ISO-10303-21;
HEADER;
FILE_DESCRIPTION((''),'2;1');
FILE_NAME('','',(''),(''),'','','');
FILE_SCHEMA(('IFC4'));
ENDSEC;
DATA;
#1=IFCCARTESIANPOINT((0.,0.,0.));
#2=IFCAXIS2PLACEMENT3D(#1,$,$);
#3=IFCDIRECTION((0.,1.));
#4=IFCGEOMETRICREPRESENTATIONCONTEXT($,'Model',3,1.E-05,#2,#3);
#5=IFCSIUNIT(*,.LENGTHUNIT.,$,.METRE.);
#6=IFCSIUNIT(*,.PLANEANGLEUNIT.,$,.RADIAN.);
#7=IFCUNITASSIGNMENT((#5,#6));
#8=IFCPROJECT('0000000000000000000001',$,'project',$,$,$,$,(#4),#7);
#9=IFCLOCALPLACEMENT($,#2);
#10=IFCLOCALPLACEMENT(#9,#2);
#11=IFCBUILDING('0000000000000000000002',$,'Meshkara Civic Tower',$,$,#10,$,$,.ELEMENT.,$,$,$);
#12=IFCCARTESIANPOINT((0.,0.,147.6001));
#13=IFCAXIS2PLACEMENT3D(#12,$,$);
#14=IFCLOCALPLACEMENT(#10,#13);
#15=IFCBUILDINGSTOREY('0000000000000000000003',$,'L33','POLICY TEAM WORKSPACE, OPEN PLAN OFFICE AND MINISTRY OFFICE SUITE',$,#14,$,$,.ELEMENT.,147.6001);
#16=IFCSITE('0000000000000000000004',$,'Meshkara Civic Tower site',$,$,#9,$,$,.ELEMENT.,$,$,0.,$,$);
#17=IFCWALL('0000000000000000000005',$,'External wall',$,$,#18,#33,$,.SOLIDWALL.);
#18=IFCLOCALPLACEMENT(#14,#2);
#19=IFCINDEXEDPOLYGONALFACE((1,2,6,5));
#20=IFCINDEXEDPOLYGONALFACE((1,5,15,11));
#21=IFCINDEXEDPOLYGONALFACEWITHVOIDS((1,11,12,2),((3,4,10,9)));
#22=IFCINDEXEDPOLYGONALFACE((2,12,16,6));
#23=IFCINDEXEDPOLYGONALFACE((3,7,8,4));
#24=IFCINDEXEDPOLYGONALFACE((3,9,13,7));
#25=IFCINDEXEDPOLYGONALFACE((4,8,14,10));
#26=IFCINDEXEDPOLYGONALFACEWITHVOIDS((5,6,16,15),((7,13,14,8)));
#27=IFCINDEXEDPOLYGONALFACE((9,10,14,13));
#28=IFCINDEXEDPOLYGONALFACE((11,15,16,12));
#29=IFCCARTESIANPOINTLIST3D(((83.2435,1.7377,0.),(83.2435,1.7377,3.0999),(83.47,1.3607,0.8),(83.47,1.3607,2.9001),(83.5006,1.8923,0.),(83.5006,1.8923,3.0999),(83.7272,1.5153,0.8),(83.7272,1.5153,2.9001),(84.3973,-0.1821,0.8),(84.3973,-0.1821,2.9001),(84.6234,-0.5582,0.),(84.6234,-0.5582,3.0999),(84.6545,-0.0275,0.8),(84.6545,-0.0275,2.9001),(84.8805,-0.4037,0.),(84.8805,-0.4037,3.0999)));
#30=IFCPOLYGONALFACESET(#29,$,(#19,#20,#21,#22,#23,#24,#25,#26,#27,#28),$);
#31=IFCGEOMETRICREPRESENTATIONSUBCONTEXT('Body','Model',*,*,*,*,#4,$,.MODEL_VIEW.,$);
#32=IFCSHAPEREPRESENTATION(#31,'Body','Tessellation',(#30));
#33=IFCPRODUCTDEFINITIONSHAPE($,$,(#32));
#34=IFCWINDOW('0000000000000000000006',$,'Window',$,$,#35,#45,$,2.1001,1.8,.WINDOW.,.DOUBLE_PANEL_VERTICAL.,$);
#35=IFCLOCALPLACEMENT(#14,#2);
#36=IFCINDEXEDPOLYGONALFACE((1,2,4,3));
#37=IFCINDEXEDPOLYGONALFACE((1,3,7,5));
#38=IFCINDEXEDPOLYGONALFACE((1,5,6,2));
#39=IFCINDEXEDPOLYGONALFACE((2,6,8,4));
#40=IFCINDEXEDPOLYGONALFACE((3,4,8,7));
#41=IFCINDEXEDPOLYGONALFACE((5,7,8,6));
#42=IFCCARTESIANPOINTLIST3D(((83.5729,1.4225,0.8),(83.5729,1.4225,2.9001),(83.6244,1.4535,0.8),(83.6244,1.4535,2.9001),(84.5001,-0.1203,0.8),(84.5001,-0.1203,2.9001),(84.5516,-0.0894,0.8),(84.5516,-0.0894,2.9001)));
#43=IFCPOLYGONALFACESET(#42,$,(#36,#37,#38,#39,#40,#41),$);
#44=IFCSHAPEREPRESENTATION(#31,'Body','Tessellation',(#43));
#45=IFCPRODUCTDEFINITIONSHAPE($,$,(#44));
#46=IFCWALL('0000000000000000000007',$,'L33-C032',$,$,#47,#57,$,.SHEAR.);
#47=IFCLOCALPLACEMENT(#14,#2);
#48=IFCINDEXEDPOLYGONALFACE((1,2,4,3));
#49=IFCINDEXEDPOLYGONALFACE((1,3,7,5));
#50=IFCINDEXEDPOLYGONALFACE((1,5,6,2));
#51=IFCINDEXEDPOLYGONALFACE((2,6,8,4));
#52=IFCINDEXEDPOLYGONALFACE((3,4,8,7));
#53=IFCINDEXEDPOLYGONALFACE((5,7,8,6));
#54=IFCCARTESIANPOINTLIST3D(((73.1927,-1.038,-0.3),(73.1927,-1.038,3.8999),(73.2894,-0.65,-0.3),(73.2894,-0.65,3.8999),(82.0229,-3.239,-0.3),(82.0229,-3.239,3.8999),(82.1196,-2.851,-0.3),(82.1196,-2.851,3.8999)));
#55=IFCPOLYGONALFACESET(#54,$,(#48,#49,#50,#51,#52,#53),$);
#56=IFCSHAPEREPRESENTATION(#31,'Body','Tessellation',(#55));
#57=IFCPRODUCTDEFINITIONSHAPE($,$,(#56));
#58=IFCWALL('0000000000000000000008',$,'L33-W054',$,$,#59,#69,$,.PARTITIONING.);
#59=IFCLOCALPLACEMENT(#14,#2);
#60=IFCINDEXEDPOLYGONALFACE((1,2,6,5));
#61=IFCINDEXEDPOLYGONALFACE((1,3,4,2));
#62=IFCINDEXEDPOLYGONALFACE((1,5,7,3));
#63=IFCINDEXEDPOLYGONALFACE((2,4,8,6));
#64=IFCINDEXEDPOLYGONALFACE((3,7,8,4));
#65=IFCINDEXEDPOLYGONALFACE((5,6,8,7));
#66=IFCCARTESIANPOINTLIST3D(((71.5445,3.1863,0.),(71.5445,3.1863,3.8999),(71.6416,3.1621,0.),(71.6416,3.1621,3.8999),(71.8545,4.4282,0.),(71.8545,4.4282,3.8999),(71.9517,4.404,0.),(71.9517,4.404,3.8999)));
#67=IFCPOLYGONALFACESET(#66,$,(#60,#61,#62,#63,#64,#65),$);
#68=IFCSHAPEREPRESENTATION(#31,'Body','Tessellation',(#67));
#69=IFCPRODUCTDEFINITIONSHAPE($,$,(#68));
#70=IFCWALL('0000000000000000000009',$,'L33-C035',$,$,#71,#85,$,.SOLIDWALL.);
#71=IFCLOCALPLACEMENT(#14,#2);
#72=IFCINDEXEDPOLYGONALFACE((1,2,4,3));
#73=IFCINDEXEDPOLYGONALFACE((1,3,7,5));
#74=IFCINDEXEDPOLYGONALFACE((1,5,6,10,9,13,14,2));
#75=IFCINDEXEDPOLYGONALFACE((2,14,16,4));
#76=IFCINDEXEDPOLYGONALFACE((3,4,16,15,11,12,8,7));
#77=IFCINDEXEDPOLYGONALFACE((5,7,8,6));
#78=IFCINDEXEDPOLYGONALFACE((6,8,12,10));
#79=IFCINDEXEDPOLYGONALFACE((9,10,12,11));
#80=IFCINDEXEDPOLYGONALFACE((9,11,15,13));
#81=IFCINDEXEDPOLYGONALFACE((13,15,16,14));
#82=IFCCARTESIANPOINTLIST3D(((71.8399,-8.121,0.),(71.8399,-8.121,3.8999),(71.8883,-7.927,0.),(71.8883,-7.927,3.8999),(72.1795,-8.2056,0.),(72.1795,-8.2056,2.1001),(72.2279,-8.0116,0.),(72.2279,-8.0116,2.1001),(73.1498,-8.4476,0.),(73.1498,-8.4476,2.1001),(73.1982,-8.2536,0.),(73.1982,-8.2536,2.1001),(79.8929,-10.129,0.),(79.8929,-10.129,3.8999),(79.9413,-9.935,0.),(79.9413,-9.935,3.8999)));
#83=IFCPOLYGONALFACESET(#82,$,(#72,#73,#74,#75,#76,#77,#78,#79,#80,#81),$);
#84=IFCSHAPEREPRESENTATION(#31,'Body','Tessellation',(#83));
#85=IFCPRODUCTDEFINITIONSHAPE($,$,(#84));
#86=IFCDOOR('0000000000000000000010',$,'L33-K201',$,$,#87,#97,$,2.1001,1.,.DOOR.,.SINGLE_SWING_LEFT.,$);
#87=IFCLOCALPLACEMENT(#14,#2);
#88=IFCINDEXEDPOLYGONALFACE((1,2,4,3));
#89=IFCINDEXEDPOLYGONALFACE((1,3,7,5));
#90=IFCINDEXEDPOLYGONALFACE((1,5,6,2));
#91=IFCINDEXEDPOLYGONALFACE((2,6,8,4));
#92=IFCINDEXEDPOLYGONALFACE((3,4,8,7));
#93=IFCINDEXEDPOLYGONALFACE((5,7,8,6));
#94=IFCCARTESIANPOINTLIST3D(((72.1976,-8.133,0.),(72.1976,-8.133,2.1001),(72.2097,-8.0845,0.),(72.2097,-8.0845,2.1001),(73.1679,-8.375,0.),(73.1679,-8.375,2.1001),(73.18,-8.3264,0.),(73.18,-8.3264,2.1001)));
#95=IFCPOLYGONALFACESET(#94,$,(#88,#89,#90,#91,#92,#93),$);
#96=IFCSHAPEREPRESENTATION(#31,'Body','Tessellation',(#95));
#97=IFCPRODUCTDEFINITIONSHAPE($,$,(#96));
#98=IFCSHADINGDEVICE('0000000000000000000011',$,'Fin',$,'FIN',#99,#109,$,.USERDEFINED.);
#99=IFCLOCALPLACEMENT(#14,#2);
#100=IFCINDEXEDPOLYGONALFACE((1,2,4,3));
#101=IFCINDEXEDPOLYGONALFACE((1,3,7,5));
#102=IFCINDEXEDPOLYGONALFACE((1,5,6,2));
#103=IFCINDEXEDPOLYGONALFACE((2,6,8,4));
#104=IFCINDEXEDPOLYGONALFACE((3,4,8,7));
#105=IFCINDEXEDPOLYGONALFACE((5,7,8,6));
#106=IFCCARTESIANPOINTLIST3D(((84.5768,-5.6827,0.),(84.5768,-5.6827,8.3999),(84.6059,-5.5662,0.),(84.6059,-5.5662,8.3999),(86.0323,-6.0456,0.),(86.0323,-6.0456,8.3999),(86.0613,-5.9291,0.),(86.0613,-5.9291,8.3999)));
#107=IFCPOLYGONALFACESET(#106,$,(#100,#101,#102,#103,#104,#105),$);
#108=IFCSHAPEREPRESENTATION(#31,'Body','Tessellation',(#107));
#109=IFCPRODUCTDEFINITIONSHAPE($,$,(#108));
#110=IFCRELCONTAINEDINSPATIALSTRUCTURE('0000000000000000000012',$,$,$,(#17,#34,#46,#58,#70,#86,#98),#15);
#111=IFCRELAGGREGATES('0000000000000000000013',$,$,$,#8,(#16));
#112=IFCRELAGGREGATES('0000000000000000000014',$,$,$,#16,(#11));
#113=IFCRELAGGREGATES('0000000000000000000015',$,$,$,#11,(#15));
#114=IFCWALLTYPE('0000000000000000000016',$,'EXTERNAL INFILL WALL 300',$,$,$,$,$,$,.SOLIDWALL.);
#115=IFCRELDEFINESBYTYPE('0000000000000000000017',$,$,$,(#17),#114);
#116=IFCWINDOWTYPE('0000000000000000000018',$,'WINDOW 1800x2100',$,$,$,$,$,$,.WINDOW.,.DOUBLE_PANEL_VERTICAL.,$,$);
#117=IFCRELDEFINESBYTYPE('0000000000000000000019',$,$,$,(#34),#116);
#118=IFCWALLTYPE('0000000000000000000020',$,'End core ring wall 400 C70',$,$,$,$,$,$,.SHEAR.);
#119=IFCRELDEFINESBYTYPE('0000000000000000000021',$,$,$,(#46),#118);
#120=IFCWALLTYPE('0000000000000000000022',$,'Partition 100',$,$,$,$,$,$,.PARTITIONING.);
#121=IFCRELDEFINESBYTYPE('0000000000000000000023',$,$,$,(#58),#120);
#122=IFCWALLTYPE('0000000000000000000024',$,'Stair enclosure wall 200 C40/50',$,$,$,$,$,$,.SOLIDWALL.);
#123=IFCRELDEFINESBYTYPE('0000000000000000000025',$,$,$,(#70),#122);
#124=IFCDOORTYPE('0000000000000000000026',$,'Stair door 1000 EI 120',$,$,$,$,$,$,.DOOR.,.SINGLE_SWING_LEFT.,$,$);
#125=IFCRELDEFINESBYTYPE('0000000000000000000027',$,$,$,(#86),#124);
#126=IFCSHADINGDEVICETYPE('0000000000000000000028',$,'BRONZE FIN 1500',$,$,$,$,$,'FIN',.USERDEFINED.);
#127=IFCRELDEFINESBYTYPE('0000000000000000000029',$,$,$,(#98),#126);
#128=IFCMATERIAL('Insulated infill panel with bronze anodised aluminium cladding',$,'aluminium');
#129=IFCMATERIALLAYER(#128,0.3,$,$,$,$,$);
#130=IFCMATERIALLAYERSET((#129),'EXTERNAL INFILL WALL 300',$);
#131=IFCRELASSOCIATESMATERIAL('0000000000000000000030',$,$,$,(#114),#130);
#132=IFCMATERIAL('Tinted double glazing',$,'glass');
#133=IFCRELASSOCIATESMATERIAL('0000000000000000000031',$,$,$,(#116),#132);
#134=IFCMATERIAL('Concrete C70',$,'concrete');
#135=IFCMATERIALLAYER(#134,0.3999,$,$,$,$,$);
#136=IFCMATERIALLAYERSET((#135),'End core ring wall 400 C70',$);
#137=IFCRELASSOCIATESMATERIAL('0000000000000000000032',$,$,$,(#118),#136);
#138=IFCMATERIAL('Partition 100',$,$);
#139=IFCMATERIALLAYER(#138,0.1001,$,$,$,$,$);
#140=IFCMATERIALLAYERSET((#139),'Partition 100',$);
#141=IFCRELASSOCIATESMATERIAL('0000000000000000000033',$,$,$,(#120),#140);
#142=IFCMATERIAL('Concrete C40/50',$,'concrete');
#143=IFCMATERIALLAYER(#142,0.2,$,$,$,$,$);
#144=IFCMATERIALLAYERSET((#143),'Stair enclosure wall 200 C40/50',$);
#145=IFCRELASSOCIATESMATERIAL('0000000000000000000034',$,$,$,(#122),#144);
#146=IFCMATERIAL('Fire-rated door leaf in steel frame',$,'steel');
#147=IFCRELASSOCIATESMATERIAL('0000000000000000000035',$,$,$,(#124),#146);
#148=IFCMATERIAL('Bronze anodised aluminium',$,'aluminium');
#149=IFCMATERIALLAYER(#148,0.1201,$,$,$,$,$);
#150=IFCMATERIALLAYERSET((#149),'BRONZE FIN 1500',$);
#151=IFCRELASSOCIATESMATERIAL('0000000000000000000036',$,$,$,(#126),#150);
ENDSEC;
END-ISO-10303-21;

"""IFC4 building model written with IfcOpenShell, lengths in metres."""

from ifc_helpers import new_model, si_unit, direction, frame, frame_2d, origin, origin_2d, place, context, subcontext, project, spatial, rectangle, extrude, material, layer, layer_set, type_object, element, fill, save


model = new_model("IFC4")

# Units and contexts
model_context = context("Model", 3, precision=1e-05, world=origin(), true_north=direction((0.0, 1.0)))
body_context = subcontext(model_context, "Body", "Model", "MODEL_VIEW")
ifc_project = project(units=[si_unit("LENGTHUNIT", "METRE"), si_unit("PLANEANGLEUNIT", "RADIAN")], contexts=[model_context])

# Site, building, storey
site_placement = place(None, origin())
site = spatial("IfcSite", under=ifc_project, at=site_placement, Name="Meshkara Civic Tower site", CompositionType="ELEMENT", RefElevation=0.0)
building_placement = place(site_placement, origin())
building = spatial("IfcBuilding", under=site, at=building_placement, Name="Meshkara Civic Tower", CompositionType="ELEMENT")
storey_placement = place(building_placement, frame((0.0, 0.0, 147.6001)))
storey = spatial("IfcBuildingStorey", under=building, at=storey_placement, Name="L33", Description="POLICY TEAM WORKSPACE, OPEN PLAN OFFICE AND MINISTRY OFFICE SUITE", CompositionType="ELEMENT", Elevation=147.6001)

# Wall, opening, window
ifc_material_1 = material(Name="Insulated infill panel with bronze anodised aluminium cladding", Category="aluminium")
ifc_layer_1 = layer(ifc_material_1, 0.3)
ifc_layer_set_1 = layer_set([ifc_layer_1], Name="EXTERNAL INFILL WALL 300")
wall_type_1 = type_object("IfcWallType", Name="EXTERNAL INFILL WALL 300", PredefinedType="SOLIDWALL", material=ifc_layer_set_1)
ifc_material_2 = material(Name="Tinted double glazing", Category="glass")
window_type_1 = type_object("IfcWindowType", Name="WINDOW 1800x2100", PartitioningType="DOUBLE_PANEL_VERTICAL", PredefinedType="WINDOW", material=ifc_material_2)
wall_1_placement = place(storey_placement, frame((84.752, -0.481, 0.0), z_axis=(0.0, 0.0, 1.0), x_axis=(-0.515139, 0.857107, 0.0)))
wall_1 = element("IfcWall", 1, at=wall_1_placement, inside=storey, type_object=wall_type_1, Name="External wall", PredefinedType="SOLIDWALL", context=body_context, shape_type="SweptSolid", body=[
    extrude(rectangle(XDim=2.6787, YDim=0.3, at=frame_2d((1.3394, 0.0))), origin(), (0.0, 0.0, 1.0), 3.0999),
])
opening_1_placement = place(wall_1_placement, frame((0.439, 0.0, 0.8)))
opening_1 = element("IfcOpeningElement", 2, at=opening_1_placement, cuts=wall_1, PredefinedType="OPENING", context=body_context, shape_type="SweptSolid", body=[
    extrude(rectangle(XDim=1.8, YDim=2.1001, at=frame_2d((0.8999, 1.05))), frame((0.0, 0.1599, 0.0), z_axis=(0.0, -1.0, 0.0), x_axis=(1.0, 0.0, 0.0)), (0.0, 0.0, 1.0), 0.3201),
])
window_1_placement = place(opening_1_placement, origin())
window_1 = element("IfcWindow", 3, at=window_1_placement, inside=storey, type_object=window_type_1, Name="Window", OverallHeight=2.1001, OverallWidth=1.8, PartitioningType="DOUBLE_PANEL_VERTICAL", PredefinedType="WINDOW", context=body_context, shape_type="SweptSolid", body=[
    extrude(rectangle(XDim=1.8, YDim=2.1001, at=frame_2d((0.8999, 1.05))), frame((0.0, 0.03, 0.0), z_axis=(0.0, -1.0, 0.0), x_axis=(1.0, 0.0, 0.0)), (0.0, 0.0, 1.0), 0.0601),
])
fill(opening_1, window_1)

# Walls
ifc_material_3 = material(Name="Concrete C70", Category="concrete")
ifc_layer_2 = layer(ifc_material_3, 0.3999)
ifc_layer_set_2 = layer_set([ifc_layer_2], Name="End core ring wall 400 C70")
wall_type_2 = type_object("IfcWallType", Name="End core ring wall 400 C70", PredefinedType="SHEAR", material=ifc_layer_set_2)
wall_2_placement = place(storey_placement, frame((73.241, -0.844, -0.3), z_axis=(0.0, 0.0, 1.0), x_axis=(0.970313, -0.241854, 0.0)))
element("IfcWall", 4, at=wall_2_placement, inside=storey, type_object=wall_type_2, Name="L33-C032", PredefinedType="SHEAR", context=body_context, shape_type="SweptSolid", body=[
    extrude(rectangle(XDim=9.1003, YDim=0.3999, at=frame_2d((4.5503, 0.0))), origin(), (0.0, 0.0, 1.0), 4.2),
])
ifc_material_4 = material(Name="Partition 100")
ifc_layer_3 = layer(ifc_material_4, 0.1001)
ifc_layer_set_3 = layer_set([ifc_layer_3], Name="Partition 100")
wall_type_3 = type_object("IfcWallType", Name="Partition 100", PredefinedType="PARTITIONING", material=ifc_layer_set_3)
wall_3_placement = place(storey_placement, frame((71.593, 3.1741, 0.0), z_axis=(0.0, 0.0, 1.0), x_axis=(0.242221, 0.970221, 0.0)))
element("IfcWall", 5, at=wall_3_placement, inside=storey, type_object=wall_type_3, Name="L33-W054", PredefinedType="PARTITIONING", context=body_context, shape_type="SweptSolid", body=[
    extrude(rectangle(XDim=1.28, YDim=0.1001, at=frame_2d((0.6401, 0.0))), origin(), (0.0, 0.0, 1.0), 3.8999),
])

# Wall, opening, door
ifc_material_5 = material(Name="Concrete C40/50", Category="concrete")
ifc_layer_4 = layer(ifc_material_5, 0.2)
ifc_layer_set_4 = layer_set([ifc_layer_4], Name="Stair enclosure wall 200 C40/50")
wall_type_4 = type_object("IfcWallType", Name="Stair enclosure wall 200 C40/50", PredefinedType="SOLIDWALL", material=ifc_layer_set_4)
wall_4_placement = place(storey_placement, frame((71.864, -8.0239, 0.0), z_axis=(0.0, 0.0, 1.0), x_axis=(0.970289, -0.241947, 0.0)))
wall_4 = element("IfcWall", 6, at=wall_4_placement, inside=storey, type_object=wall_type_4, Name="L33-C035", PredefinedType="SOLIDWALL", context=body_context, shape_type="SweptSolid", body=[
    extrude(rectangle(XDim=8.2996, YDim=0.2, at=frame_2d((4.1499, 0.0))), origin(), (0.0, 0.0, 1.0), 3.8999),
])
opening_2_placement = place(wall_4_placement, frame((0.3501, 0.0, 0.0)))
opening_2 = element("IfcOpeningElement", 7, at=opening_2_placement, cuts=wall_4, PredefinedType="OPENING", context=body_context, shape_type="SweptSolid", body=[
    extrude(rectangle(XDim=1.0, YDim=2.1001, at=frame_2d((0.5, 1.05))), frame((0.0, 0.1099, 0.0), z_axis=(0.0, -1.0, 0.0), x_axis=(1.0, 0.0, 0.0)), (0.0, 0.0, 1.0), 0.22),
])
ifc_material_6 = material(Name="Fire-rated door leaf in steel frame", Category="steel")
door_type_1 = type_object("IfcDoorType", Name="Stair door 1000 EI 120", OperationType="SINGLE_SWING_LEFT", PredefinedType="DOOR", material=ifc_material_6)
door_1_placement = place(opening_2_placement, origin())
door_1 = element("IfcDoor", 8, at=door_1_placement, inside=storey, type_object=door_type_1, Name="L33-K201", OperationType="SINGLE_SWING_LEFT", OverallHeight=2.1001, OverallWidth=1.0, PredefinedType="DOOR", context=body_context, shape_type="SweptSolid", body=[
    extrude(rectangle(XDim=1.0, YDim=2.1001, at=frame_2d((0.5, 1.05))), frame((0.0, 0.0249, 0.0), z_axis=(0.0, -1.0, 0.0), x_axis=(1.0, 0.0, 0.0)), (0.0, 0.0, 1.0), 0.05),
])
fill(opening_2, door_1)

# Shading device
ifc_material_7 = material(Name="Bronze anodised aluminium", Category="aluminium")
ifc_layer_5 = layer(ifc_material_7, 0.1201)
ifc_layer_set_5 = layer_set([ifc_layer_5], Name="BRONZE FIN 1500")
shading_device_type = type_object("IfcShadingDeviceType", Name="BRONZE FIN 1500", ElementType="FIN", PredefinedType="USERDEFINED", material=ifc_layer_set_5)
shading_device_placement = place(storey_placement, frame((85.3191, -5.8059, 0.0), z_axis=(0.0, 0.0, 1.0), x_axis=(0.241922, 0.970296, 0.0)))
element("IfcShadingDevice", 9, at=shading_device_placement, inside=storey, type_object=shading_device_type, Name="Fin", ObjectType="FIN", PredefinedType="USERDEFINED", context=body_context, shape_type="SweptSolid", body=[
    extrude(rectangle(XDim=0.1201, YDim=1.5, at=origin_2d()), origin(), (0.0, 0.0, 1.0), 8.3999),
])

save(model, "model.ifc")
